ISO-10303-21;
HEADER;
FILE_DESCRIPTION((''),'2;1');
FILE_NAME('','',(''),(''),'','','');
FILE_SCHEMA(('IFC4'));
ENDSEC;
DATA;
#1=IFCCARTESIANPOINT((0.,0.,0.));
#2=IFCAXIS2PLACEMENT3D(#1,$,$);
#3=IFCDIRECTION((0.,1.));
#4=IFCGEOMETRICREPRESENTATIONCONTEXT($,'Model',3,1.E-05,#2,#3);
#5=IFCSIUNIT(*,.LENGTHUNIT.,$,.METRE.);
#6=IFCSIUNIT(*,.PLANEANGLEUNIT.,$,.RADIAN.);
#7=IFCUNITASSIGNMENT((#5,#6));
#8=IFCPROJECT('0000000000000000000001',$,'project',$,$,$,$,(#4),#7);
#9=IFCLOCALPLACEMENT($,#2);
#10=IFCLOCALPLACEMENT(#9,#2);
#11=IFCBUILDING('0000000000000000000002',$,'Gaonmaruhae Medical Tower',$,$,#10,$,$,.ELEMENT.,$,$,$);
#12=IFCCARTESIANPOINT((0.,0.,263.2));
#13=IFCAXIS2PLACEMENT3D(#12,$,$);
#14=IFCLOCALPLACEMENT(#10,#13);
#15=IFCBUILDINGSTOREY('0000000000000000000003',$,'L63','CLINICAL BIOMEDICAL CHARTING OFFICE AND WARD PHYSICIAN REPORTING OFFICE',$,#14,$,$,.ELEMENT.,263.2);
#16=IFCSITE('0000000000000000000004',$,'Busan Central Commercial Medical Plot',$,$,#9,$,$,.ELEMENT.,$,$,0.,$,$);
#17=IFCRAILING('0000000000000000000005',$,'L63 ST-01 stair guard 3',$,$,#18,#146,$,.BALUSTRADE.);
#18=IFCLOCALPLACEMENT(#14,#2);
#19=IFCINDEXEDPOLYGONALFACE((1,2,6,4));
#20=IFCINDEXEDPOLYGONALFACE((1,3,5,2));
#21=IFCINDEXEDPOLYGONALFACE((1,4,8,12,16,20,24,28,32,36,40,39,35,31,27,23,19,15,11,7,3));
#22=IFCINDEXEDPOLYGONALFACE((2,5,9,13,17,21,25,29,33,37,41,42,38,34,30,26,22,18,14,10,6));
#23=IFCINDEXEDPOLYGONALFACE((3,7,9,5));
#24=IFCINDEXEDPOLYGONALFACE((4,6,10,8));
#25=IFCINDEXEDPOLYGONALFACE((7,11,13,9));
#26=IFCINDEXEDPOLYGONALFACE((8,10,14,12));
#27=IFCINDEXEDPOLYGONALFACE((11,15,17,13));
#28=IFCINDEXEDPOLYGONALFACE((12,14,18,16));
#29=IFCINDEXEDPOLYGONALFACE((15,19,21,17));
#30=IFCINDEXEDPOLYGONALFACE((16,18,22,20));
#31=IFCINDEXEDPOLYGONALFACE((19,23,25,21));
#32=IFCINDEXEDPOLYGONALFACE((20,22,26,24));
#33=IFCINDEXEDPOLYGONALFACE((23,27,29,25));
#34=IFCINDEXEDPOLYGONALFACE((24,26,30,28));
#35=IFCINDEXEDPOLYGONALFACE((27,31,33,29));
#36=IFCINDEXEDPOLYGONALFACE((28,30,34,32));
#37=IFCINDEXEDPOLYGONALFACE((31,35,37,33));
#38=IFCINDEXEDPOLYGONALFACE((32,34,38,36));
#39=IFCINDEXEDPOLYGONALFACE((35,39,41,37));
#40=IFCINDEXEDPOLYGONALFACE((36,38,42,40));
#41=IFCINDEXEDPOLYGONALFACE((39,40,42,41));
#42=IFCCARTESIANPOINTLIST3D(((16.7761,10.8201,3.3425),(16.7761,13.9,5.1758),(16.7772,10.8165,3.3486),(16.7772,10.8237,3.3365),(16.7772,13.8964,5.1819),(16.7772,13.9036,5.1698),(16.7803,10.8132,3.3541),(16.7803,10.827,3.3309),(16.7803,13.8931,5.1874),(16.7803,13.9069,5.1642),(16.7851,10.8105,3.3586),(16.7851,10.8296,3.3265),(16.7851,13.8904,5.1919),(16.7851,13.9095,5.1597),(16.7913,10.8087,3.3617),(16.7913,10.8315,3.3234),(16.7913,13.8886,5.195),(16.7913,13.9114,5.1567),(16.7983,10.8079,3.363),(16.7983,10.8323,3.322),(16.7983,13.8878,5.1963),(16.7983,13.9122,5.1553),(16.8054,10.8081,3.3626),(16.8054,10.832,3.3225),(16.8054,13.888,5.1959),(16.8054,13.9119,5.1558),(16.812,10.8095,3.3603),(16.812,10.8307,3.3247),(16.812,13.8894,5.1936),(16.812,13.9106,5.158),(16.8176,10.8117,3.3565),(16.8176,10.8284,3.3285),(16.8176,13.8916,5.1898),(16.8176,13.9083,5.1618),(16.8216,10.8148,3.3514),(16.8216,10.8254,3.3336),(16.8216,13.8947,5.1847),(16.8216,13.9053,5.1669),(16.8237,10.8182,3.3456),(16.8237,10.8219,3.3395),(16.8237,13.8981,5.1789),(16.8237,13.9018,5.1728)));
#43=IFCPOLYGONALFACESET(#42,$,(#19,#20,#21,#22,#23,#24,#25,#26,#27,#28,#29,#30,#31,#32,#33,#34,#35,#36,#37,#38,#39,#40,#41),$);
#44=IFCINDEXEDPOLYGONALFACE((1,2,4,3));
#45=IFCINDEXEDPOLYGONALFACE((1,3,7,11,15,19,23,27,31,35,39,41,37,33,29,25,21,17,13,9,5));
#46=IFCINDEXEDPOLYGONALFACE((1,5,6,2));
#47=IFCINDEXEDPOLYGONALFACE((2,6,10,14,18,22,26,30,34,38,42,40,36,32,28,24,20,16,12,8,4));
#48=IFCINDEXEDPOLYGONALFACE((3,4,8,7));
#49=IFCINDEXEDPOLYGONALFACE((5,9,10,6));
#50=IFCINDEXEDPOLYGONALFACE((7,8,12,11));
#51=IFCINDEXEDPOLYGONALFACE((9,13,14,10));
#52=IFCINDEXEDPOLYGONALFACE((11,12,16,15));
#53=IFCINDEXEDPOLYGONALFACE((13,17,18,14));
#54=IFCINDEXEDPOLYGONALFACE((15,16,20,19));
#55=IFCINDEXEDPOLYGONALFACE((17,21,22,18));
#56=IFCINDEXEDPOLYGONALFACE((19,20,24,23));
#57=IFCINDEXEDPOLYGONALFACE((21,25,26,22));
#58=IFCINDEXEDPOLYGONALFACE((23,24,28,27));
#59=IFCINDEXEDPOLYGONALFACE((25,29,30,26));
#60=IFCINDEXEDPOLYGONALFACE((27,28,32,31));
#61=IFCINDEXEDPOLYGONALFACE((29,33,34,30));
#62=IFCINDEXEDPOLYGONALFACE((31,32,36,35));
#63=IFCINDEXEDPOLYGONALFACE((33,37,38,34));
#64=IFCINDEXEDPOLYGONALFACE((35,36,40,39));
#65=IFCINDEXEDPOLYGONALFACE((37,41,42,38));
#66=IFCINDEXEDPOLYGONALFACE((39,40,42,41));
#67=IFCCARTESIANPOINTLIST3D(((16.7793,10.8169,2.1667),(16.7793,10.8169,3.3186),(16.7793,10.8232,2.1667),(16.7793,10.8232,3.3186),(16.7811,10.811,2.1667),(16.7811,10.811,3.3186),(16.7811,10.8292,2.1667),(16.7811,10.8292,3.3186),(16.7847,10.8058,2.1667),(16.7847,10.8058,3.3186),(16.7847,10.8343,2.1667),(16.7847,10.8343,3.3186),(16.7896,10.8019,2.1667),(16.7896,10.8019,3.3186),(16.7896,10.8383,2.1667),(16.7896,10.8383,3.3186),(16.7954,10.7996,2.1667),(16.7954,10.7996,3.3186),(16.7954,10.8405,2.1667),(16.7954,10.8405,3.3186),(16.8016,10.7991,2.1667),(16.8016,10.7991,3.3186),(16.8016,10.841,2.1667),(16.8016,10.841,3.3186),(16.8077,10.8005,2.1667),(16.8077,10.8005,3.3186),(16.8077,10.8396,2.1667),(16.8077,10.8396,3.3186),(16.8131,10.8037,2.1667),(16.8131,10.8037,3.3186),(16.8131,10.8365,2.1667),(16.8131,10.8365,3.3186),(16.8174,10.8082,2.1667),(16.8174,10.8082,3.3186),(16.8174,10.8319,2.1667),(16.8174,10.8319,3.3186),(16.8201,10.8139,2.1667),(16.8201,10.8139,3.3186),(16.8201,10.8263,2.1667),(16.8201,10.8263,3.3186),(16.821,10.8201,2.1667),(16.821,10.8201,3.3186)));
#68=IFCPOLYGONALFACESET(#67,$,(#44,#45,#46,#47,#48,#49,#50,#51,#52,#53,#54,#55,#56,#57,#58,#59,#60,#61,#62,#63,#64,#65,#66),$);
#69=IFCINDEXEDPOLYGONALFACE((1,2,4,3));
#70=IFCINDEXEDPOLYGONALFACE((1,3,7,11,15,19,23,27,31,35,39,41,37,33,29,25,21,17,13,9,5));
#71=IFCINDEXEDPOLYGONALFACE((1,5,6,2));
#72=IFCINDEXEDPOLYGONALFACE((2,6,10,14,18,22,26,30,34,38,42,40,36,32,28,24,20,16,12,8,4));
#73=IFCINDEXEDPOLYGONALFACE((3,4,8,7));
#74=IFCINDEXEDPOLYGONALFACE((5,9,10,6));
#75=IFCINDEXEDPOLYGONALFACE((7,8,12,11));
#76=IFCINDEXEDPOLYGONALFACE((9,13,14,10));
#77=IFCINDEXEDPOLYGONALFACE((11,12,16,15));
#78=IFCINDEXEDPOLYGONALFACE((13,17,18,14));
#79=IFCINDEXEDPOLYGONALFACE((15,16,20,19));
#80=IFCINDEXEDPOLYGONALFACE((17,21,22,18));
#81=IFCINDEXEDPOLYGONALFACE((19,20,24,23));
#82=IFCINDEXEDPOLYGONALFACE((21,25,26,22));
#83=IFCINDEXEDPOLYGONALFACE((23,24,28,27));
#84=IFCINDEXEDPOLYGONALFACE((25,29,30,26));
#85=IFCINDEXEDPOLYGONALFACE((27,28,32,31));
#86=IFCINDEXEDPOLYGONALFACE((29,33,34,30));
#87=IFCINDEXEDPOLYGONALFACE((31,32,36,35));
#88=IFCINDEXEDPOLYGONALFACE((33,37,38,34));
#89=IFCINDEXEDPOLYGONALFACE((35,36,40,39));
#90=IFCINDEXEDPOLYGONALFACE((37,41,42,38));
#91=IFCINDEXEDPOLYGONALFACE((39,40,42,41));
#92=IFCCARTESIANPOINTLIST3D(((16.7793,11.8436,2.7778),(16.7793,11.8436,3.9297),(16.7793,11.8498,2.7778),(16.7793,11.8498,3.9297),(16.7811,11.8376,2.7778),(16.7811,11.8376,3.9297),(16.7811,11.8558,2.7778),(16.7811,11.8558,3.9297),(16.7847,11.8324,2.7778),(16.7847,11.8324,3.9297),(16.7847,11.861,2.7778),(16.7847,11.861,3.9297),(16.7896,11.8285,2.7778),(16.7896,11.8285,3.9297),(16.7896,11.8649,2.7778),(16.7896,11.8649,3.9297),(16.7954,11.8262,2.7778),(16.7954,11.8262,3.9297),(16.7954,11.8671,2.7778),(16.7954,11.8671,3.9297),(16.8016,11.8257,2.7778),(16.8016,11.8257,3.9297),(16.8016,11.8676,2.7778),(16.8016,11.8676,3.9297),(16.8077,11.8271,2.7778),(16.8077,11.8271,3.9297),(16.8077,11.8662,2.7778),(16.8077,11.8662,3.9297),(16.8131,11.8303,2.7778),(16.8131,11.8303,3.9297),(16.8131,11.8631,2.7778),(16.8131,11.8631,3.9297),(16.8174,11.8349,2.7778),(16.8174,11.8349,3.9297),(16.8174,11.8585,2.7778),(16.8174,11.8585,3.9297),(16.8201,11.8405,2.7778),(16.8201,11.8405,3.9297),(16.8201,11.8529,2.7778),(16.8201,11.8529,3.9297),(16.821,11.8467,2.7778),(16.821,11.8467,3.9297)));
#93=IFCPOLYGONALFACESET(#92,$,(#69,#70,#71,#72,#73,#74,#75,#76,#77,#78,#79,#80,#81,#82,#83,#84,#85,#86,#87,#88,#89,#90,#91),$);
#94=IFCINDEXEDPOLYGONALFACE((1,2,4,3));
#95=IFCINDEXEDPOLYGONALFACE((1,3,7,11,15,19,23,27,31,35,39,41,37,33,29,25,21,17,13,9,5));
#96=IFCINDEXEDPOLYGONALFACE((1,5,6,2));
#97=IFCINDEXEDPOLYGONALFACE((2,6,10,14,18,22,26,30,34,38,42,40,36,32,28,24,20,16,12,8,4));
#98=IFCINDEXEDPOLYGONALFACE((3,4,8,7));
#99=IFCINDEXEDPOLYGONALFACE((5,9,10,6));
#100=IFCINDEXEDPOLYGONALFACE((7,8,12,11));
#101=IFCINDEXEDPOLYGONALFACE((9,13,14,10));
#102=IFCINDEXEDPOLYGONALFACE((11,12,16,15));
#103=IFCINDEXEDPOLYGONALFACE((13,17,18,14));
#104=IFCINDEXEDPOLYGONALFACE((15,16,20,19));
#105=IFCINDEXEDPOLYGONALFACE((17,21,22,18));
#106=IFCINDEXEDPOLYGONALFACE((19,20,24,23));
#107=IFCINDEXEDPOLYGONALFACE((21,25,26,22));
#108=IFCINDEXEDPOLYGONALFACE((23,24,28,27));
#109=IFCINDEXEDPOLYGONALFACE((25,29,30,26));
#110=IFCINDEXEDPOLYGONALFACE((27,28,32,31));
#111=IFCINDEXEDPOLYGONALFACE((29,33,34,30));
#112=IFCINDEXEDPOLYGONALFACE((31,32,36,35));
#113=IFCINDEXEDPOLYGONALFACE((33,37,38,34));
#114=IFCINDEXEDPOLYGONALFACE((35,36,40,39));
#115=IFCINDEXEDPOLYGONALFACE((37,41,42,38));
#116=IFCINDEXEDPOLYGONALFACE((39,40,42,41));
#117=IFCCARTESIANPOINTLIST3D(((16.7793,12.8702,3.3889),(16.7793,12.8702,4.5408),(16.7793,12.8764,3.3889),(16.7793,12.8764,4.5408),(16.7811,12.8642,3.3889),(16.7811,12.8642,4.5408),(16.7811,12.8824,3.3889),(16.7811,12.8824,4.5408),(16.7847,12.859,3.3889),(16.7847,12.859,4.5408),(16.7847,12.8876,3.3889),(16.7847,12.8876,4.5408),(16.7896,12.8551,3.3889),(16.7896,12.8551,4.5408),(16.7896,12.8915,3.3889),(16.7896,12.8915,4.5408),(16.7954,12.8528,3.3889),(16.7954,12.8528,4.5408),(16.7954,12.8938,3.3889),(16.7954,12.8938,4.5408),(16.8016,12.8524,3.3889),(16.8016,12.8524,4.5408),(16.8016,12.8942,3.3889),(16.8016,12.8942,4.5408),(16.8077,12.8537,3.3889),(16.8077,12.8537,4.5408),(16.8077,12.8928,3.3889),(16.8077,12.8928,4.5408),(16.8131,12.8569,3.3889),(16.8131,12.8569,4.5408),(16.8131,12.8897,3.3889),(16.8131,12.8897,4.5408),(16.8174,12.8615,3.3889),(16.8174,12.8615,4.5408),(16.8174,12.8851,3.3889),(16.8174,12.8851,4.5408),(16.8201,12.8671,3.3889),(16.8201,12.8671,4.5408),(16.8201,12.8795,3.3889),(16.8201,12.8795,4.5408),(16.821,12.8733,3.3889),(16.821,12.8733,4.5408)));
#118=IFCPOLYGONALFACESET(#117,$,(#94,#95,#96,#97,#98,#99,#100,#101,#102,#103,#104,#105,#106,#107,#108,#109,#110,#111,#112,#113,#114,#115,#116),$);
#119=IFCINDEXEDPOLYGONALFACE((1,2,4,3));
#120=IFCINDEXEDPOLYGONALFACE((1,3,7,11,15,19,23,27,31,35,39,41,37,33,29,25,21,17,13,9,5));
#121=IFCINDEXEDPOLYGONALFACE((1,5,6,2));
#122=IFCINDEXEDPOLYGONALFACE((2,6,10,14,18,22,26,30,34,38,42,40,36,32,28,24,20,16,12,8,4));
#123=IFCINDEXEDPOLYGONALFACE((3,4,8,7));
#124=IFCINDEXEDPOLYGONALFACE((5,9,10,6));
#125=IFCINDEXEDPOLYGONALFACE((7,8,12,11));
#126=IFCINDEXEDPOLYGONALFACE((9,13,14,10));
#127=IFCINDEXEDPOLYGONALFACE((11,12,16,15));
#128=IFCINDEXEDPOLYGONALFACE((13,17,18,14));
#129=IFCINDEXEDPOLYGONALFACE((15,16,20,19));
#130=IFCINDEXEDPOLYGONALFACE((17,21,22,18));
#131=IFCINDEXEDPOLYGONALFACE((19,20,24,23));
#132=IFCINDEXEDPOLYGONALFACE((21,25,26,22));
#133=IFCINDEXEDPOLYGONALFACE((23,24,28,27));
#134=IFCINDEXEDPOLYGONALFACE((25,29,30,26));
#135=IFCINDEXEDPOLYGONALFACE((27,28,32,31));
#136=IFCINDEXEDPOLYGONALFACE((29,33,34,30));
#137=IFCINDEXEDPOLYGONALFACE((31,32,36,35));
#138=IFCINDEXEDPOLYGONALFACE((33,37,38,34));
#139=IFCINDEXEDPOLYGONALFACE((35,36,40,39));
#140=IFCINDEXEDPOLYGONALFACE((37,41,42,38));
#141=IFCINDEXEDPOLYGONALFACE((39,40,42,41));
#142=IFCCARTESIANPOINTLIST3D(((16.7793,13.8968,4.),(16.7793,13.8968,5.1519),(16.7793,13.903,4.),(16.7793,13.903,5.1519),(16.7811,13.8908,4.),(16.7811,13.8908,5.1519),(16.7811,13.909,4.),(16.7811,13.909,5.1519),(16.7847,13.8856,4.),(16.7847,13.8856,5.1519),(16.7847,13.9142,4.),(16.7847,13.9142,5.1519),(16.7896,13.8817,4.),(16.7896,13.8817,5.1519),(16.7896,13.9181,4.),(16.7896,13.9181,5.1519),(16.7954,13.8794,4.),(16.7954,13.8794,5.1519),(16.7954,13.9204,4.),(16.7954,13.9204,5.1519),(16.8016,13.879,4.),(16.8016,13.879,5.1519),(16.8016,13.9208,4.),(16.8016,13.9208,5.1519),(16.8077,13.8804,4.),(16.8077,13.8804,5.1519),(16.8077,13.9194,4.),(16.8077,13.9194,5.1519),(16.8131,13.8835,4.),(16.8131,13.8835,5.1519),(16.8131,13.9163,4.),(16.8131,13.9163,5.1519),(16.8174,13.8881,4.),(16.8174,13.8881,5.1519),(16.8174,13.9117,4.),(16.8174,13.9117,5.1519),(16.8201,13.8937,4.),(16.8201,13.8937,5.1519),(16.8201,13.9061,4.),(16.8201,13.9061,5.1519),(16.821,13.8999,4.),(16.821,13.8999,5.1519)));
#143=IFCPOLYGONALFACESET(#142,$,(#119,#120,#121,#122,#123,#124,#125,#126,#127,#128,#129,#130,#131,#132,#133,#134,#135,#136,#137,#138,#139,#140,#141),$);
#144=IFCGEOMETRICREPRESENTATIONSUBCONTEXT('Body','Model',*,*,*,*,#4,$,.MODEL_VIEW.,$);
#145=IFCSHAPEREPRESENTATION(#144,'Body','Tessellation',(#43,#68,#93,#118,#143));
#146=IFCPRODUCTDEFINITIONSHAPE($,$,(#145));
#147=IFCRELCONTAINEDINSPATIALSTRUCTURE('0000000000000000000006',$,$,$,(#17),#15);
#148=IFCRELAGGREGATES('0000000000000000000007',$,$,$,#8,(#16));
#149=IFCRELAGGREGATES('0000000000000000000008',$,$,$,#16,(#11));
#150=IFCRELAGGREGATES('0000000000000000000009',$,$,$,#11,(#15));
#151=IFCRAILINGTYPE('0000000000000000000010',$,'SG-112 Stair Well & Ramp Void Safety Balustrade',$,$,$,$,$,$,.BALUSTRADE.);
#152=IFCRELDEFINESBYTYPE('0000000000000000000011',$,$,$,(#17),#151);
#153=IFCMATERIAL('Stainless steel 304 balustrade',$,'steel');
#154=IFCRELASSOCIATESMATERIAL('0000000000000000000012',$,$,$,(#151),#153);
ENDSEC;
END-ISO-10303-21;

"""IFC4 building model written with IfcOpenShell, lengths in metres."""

from ifc_helpers import new_model, si_unit, direction, frame, origin, origin_2d, place, context, subcontext, project, spatial, circle, extrude, material, type_object, element, save


model = new_model("IFC4")

# Units and contexts
model_context = context("Model", 3, precision=1e-05, world=origin(), true_north=direction((0.0, 1.0)))
body_context = subcontext(model_context, "Body", "Model", "MODEL_VIEW")
ifc_project = project(units=[si_unit("LENGTHUNIT", "METRE"), si_unit("PLANEANGLEUNIT", "RADIAN")], contexts=[model_context])

# Site, building, storey
site_placement = place(None, origin())
site = spatial("IfcSite", under=ifc_project, at=site_placement, Name="Busan Central Commercial Medical Plot", CompositionType="ELEMENT", RefElevation=0.0)
building_placement = place(site_placement, origin())
building = spatial("IfcBuilding", under=site, at=building_placement, Name="Gaonmaruhae Medical Tower", CompositionType="ELEMENT")
storey_placement = place(building_placement, frame((0.0, 0.0, 263.2)))
storey = spatial("IfcBuildingStorey", under=building, at=storey_placement, Name="L63", Description="CLINICAL BIOMEDICAL CHARTING OFFICE AND WARD PHYSICIAN REPORTING OFFICE", CompositionType="ELEMENT", Elevation=263.2)

# Railing
ifc_material_1 = material(Name="Stainless steel 304 balustrade", Category="steel")
railing_type_1 = type_object("IfcRailingType", Name="SG-112 Stair Well & Ramp Void Safety Balustrade", PredefinedType="BALUSTRADE", material=ifc_material_1)
railing_1_placement = place(storey_placement, frame((16.8, 10.8201, 2.1667)))
element("IfcRailing", 1, at=railing_1_placement, inside=storey, type_object=railing_type_1, Name="L63 ST-01 stair guard 3", PredefinedType="BALUSTRADE", context=body_context, shape_type="SweptSolid", body=[
    extrude(circle(Radius=0.0239, at=origin_2d()), frame((0.0, 0.0, 1.1758), z_axis=(0.0, 0.859291, 0.511487), x_axis=(-1.0, 0.0, 0.0)), (0.0, 0.0, 1.0), 3.5842),
    extrude(circle(Radius=0.021, at=origin_2d()), origin(), (0.0, 0.0, 1.0), 1.1519),
    extrude(circle(Radius=0.021, at=origin_2d()), frame((0.0, 1.0266, 0.6111)), (0.0, 0.0, 1.0), 1.1519),
    extrude(circle(Radius=0.021, at=origin_2d()), frame((0.0, 2.0532, 1.2222)), (0.0, 0.0, 1.0), 1.1519),
    extrude(circle(Radius=0.021, at=origin_2d()), frame((0.0, 3.0798, 1.8333)), (0.0, 0.0, 1.0), 1.1519),
])

save(model, "model.ifc")
